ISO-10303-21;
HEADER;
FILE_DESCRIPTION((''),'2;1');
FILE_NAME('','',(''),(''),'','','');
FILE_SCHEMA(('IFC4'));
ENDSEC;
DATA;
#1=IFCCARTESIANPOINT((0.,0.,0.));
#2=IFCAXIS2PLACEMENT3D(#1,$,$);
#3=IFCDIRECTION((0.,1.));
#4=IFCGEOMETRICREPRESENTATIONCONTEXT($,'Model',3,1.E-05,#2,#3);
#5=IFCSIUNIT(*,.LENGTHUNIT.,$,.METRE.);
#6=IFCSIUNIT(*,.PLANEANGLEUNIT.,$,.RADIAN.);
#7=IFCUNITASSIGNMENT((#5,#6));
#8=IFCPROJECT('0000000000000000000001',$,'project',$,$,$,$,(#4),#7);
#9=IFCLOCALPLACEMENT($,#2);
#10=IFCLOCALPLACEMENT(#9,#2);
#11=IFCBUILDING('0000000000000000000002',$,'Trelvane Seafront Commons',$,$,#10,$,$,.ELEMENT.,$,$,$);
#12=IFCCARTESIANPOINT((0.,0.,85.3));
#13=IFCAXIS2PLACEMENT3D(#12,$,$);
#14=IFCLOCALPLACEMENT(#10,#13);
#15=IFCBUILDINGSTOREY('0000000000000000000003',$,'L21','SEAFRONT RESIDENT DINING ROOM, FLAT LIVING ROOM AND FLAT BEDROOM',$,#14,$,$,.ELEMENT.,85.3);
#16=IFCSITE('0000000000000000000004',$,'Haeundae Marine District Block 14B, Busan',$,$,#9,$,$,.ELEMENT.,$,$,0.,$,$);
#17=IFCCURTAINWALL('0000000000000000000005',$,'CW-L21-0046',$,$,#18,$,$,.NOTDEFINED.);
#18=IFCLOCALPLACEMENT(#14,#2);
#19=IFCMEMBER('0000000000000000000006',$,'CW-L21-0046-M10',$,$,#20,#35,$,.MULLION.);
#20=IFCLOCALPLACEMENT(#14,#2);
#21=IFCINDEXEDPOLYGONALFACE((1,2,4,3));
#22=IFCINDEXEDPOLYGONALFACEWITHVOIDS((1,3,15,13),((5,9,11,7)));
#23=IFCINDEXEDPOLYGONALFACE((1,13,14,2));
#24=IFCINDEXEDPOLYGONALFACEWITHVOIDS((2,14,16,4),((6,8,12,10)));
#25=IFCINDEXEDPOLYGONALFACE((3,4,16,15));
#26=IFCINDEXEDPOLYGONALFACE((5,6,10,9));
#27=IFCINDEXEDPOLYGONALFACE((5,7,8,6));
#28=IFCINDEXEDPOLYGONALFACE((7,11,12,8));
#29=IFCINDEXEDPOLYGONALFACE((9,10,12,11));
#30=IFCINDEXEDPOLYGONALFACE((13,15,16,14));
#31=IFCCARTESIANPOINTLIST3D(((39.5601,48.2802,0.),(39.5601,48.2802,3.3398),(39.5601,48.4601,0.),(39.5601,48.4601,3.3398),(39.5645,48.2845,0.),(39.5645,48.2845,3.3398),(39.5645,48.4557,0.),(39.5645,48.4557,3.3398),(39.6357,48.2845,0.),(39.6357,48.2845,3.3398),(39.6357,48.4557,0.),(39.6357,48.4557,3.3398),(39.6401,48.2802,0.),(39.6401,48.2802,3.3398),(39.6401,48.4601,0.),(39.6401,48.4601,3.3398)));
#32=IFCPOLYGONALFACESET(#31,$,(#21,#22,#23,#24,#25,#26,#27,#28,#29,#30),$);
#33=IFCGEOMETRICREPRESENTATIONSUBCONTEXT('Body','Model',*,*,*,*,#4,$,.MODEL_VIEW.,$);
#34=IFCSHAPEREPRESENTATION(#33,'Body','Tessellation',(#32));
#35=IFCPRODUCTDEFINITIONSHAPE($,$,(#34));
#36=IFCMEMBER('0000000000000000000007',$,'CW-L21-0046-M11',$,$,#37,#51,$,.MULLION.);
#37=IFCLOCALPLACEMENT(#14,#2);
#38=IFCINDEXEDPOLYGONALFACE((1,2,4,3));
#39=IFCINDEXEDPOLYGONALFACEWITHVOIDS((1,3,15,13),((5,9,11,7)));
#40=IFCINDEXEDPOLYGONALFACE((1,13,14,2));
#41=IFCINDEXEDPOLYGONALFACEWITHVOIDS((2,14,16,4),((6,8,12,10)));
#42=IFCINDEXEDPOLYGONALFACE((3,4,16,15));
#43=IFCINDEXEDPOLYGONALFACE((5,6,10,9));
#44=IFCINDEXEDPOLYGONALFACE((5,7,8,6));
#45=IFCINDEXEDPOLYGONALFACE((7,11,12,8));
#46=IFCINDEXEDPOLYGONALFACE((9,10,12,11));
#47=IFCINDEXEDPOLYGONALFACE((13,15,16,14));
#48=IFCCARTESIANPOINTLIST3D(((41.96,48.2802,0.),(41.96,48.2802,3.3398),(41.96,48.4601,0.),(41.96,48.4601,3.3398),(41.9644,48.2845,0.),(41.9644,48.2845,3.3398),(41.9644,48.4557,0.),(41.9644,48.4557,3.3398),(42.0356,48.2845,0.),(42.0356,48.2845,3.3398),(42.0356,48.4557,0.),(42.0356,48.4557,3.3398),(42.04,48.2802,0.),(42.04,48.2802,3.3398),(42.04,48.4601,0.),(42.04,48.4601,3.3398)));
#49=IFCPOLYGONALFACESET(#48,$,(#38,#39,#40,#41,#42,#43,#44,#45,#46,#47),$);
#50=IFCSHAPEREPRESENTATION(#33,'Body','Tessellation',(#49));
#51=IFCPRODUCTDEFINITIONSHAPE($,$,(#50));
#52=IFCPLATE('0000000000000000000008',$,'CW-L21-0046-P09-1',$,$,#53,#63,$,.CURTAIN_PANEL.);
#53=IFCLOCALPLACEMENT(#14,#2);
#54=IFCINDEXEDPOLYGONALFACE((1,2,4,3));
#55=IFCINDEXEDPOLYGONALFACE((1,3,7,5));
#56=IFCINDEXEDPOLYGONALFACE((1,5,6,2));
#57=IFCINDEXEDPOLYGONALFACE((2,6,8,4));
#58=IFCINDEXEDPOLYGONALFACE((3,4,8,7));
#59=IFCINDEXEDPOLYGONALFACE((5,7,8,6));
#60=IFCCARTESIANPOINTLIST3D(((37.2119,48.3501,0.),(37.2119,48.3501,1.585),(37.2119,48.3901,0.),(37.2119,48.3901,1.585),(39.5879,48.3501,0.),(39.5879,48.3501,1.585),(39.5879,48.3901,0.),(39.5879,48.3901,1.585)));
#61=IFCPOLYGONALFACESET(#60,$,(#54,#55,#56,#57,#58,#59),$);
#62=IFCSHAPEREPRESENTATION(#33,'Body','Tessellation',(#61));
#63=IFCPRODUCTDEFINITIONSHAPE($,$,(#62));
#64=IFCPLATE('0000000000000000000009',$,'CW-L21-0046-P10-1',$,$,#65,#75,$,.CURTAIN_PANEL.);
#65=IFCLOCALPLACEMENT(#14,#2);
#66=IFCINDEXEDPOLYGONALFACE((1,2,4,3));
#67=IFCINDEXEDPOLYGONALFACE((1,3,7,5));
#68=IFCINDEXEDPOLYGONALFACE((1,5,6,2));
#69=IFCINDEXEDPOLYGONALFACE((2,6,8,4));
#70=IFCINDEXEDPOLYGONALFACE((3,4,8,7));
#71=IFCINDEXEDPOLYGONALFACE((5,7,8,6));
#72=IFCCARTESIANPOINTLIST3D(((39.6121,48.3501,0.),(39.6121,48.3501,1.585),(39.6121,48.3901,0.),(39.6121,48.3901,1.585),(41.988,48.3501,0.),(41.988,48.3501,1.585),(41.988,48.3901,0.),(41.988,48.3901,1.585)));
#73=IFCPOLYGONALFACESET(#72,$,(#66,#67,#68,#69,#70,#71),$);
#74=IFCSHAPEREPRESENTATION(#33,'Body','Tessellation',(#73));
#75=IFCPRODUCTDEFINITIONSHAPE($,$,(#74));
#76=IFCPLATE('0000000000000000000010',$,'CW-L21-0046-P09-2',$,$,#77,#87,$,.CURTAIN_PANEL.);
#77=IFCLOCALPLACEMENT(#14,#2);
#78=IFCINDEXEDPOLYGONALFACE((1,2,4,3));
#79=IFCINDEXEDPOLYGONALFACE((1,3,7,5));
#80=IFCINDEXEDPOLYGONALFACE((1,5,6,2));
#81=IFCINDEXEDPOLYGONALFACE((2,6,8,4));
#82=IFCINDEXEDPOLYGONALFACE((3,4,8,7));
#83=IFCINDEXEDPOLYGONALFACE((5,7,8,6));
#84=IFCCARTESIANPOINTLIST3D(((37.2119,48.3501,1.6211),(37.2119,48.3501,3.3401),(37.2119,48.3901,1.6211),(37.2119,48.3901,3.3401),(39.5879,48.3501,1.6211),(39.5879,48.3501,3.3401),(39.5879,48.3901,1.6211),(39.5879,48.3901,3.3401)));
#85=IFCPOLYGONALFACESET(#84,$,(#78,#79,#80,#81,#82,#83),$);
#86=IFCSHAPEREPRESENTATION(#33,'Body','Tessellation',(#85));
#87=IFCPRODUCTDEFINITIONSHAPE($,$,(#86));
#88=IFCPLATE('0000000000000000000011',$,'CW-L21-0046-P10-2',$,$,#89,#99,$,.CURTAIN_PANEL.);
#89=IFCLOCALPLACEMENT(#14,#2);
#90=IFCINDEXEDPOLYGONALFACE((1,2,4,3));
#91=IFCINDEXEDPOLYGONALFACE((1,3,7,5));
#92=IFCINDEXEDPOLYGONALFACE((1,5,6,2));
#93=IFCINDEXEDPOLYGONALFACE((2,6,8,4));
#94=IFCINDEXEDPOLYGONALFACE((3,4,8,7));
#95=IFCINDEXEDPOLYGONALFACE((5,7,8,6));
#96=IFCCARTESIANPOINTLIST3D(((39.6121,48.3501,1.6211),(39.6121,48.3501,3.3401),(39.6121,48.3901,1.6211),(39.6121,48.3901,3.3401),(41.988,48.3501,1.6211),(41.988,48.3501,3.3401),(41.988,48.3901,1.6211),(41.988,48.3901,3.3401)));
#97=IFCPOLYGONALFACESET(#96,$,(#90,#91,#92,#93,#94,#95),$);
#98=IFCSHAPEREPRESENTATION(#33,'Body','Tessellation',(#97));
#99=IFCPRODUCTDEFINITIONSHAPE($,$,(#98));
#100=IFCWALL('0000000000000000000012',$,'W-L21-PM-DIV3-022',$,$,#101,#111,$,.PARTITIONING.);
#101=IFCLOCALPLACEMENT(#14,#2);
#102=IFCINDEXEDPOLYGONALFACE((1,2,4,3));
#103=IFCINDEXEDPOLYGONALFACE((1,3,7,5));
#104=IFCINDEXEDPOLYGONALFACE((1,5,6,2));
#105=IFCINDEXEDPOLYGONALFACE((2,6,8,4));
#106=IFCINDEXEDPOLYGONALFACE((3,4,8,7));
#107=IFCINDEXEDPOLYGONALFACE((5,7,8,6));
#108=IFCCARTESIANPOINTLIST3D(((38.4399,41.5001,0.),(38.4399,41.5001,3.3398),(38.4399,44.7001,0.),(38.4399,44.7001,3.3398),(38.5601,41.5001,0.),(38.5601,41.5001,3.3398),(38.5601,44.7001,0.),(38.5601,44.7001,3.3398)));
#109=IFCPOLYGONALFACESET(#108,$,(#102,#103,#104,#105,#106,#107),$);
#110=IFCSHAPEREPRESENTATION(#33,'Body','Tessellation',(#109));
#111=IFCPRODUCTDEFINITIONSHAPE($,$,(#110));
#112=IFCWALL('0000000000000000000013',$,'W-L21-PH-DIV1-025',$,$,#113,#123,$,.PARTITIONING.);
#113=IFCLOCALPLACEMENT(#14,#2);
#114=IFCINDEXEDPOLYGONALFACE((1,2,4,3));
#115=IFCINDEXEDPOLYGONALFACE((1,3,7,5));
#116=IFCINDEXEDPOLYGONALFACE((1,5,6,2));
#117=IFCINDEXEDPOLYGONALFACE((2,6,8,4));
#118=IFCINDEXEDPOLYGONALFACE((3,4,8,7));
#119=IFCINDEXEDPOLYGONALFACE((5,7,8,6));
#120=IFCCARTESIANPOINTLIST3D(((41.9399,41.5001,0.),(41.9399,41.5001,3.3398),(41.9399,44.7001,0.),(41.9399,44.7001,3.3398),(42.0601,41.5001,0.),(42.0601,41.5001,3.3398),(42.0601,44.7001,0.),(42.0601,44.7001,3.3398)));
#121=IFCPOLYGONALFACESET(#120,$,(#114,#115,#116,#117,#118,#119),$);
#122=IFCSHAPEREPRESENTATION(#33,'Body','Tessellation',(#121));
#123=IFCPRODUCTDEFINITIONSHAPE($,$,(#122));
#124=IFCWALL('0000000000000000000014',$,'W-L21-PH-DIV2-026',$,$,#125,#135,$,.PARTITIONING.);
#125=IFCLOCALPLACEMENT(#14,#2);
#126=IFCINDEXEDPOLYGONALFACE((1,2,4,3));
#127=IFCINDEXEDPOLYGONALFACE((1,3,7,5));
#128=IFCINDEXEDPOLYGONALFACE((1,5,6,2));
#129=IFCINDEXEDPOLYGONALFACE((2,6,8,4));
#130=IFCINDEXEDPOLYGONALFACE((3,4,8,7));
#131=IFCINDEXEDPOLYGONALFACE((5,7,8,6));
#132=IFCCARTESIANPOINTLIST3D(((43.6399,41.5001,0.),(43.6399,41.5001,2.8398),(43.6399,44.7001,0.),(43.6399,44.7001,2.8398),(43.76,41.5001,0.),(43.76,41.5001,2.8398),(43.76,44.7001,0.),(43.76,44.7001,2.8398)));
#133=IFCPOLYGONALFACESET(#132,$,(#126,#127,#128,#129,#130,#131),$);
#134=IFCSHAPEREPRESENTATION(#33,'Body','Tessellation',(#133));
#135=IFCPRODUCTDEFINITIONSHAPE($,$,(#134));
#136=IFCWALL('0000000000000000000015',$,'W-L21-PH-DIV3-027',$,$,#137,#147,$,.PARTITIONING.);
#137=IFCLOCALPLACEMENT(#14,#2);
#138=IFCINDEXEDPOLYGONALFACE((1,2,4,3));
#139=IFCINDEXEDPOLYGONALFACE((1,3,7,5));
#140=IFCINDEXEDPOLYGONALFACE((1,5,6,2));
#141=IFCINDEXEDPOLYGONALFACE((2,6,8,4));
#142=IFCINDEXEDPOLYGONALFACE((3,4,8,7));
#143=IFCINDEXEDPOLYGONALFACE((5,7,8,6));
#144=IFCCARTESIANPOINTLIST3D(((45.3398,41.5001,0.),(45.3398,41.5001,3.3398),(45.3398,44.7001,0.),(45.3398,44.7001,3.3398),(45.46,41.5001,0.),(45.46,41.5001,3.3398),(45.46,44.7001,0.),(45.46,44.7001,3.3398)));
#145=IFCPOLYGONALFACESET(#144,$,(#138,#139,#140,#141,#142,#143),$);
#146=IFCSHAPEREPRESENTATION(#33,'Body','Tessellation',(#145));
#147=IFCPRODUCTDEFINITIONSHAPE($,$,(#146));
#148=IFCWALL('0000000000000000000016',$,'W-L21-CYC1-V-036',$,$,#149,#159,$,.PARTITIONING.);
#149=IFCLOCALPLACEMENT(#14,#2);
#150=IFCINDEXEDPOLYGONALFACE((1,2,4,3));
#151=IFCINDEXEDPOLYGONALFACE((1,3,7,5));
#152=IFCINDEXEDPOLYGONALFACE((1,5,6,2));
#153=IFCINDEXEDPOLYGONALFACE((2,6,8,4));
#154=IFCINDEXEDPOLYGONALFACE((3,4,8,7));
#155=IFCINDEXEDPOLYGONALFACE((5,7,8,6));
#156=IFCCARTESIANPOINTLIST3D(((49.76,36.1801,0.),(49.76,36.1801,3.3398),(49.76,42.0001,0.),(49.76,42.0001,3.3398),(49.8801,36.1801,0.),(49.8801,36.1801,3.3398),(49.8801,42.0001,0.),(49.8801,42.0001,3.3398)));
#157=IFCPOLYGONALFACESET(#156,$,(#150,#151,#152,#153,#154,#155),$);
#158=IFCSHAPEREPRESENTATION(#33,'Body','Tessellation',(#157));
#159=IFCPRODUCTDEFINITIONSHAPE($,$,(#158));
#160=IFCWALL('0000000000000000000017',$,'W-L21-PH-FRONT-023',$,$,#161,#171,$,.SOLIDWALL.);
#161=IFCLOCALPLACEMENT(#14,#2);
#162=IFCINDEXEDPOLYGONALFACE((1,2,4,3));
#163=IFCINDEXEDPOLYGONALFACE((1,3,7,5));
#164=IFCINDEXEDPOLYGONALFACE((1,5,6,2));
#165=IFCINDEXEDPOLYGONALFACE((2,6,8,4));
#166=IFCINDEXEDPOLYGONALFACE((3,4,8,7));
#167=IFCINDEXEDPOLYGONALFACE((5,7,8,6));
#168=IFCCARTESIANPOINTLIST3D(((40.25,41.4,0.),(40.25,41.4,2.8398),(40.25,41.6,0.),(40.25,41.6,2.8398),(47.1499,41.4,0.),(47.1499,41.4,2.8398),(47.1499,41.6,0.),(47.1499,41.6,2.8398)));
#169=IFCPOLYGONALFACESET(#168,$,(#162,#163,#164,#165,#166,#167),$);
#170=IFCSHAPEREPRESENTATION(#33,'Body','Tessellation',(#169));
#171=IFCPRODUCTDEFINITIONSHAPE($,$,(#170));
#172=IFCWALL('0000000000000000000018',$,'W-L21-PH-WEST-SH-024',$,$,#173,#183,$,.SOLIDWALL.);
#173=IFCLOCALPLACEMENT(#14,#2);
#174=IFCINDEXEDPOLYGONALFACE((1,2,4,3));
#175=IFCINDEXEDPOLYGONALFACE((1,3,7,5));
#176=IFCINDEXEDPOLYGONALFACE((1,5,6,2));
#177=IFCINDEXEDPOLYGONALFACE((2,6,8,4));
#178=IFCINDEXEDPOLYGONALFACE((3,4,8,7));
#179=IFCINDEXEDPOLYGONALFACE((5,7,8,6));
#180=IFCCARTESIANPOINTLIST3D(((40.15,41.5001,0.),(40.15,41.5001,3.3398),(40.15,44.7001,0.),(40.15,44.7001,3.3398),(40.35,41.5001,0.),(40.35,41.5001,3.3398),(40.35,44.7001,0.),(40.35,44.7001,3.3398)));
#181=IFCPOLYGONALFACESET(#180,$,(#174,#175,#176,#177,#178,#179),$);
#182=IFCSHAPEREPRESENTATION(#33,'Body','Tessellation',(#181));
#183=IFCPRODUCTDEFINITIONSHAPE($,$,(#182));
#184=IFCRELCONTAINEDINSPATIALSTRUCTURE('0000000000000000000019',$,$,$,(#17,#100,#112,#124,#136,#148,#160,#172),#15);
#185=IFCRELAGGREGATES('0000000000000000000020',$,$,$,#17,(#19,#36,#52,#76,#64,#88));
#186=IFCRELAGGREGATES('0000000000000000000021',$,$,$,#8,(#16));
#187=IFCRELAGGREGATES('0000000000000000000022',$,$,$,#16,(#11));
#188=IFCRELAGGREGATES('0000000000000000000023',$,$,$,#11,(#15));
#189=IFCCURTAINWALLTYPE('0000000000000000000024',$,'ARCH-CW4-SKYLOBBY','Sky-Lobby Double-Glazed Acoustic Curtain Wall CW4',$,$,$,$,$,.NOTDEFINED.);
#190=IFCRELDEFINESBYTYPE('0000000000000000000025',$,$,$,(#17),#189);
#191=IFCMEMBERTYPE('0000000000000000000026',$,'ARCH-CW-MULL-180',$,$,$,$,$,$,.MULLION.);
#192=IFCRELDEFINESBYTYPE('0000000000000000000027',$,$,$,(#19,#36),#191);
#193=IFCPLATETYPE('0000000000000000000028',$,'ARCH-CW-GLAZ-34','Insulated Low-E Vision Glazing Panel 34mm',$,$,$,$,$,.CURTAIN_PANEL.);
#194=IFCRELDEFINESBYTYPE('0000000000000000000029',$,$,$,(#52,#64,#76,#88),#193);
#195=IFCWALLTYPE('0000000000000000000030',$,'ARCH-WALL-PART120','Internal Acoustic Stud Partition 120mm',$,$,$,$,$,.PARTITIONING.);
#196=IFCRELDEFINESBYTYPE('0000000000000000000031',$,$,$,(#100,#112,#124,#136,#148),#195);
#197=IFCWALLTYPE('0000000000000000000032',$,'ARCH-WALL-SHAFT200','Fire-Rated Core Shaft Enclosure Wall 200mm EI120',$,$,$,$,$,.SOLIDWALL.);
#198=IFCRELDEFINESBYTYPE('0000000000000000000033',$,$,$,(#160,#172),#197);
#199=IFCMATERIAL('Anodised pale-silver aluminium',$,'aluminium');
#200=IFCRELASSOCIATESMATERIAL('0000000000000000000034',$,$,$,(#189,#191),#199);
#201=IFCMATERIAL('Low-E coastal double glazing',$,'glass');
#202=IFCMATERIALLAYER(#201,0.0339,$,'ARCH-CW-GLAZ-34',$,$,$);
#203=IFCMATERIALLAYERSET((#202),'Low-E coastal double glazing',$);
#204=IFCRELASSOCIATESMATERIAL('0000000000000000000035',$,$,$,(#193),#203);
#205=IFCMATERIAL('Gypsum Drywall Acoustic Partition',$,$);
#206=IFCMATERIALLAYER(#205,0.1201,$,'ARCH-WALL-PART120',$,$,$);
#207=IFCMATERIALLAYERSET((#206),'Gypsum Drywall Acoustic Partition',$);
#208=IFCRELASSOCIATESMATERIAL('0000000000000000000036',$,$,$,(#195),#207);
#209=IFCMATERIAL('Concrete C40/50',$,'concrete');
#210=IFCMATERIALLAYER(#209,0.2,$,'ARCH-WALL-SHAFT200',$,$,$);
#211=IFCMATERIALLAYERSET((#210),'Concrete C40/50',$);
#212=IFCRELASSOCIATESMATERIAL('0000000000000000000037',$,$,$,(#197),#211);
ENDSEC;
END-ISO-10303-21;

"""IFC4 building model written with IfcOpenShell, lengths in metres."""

from ifc_helpers import new_model, si_unit, direction, frame, frame_2d, origin, origin_2d, place, context, subcontext, project, spatial, rectangle, hollow_rectangle, extrude, source, transform, mapped, material, layer, layer_set, material_profile, profile_set, type_object, element, aggregate, save


model = new_model("IFC4")

# Units and contexts
model_context = context("Model", 3, precision=1e-05, world=origin(), true_north=direction((0.0, 1.0)))
body_context = subcontext(model_context, "Body", "Model", "MODEL_VIEW")
ifc_project = project(units=[si_unit("LENGTHUNIT", "METRE"), si_unit("PLANEANGLEUNIT", "RADIAN")], contexts=[model_context])

# Site, building, storey
site_placement = place(None, origin())
site = spatial("IfcSite", under=ifc_project, at=site_placement, Name="Haeundae Marine District Block 14B, Busan", CompositionType="ELEMENT", RefElevation=0.0)
building_placement = place(site_placement, origin())
building = spatial("IfcBuilding", under=site, at=building_placement, Name="Trelvane Seafront Commons", CompositionType="ELEMENT")
storey_placement = place(building_placement, frame((0.0, 0.0, 85.3)))
storey = spatial("IfcBuildingStorey", under=building, at=storey_placement, Name="L21", Description="SEAFRONT RESIDENT DINING ROOM, FLAT LIVING ROOM AND FLAT BEDROOM", CompositionType="ELEMENT", Elevation=85.3)

# Curtain wall, members, plates
ifc_material_1 = material(Name="Anodised pale-silver aluminium", Category="aluminium")
curtain_wall_type = type_object("IfcCurtainWallType", Name="ARCH-CW4-SKYLOBBY", Description="Sky-Lobby Double-Glazed Acoustic Curtain Wall CW4", PredefinedType="NOTDEFINED", material=ifc_material_1)
curtain_wall_placement = place(storey_placement, origin())
curtain_wall = element("IfcCurtainWall", 1, at=curtain_wall_placement, inside=storey, type_object=curtain_wall_type, Name="CW-L21-0046", PredefinedType="NOTDEFINED")
ifc_material_profile_1 = material_profile(ifc_material_1, hollow_rectangle(XDim=0.0801, YDim=0.1799, WallThickness=0.0044, at=origin_2d()), Name="MULL-80x180x4.5")
ifc_profile_set_1 = profile_set([ifc_material_profile_1], Name="Anodised pale-silver aluminium")
member_type_1 = type_object("IfcMemberType", Name="ARCH-CW-MULL-180", PredefinedType="MULLION", material=ifc_profile_set_1)
shared_shape_1 = source(origin(), body_context, "Body", "SweptSolid", [
    extrude(hollow_rectangle(XDim=0.0801, YDim=0.1799, WallThickness=0.0044, at=origin_2d()), origin(), (0.0, 0.0, 1.0), 3.3398),
])
member_1_placement = place(storey_placement, frame((39.6001, 48.3701, 0.0), z_axis=(0.0, 0.0, 1.0), x_axis=(1.0, 0.0, 0.0)))
member_1 = element("IfcMember", 2, at=member_1_placement, type_object=member_type_1, Name="CW-L21-0046-M10", PredefinedType="MULLION", context=body_context, shape_type="MappedRepresentation", body=[
    mapped(shared_shape_1, transform((0.0, 0.0, 0.0), x_axis=(1.0, 0.0, 0.0), y_axis=(0.0, 1.0, 0.0), z_axis=(0.0, 0.0, 1.0), scale=1.0)),
])
member_2_placement = place(storey_placement, frame((42.0, 48.3701, 0.0), z_axis=(0.0, 0.0, 1.0), x_axis=(1.0, 0.0, 0.0)))
member_2 = element("IfcMember", 3, at=member_2_placement, type_object=member_type_1, Name="CW-L21-0046-M11", PredefinedType="MULLION", context=body_context, shape_type="MappedRepresentation", body=[
    mapped(shared_shape_1, transform((0.0, 0.0, 0.0), x_axis=(1.0, 0.0, 0.0), y_axis=(0.0, 1.0, 0.0), z_axis=(0.0, 0.0, 1.0), scale=1.0)),
])
ifc_material_2 = material(Name="Low-E coastal double glazing", Category="glass")
ifc_layer_1 = layer(ifc_material_2, 0.0339, Name="ARCH-CW-GLAZ-34")
ifc_layer_set_1 = layer_set([ifc_layer_1], Name="Low-E coastal double glazing")
plate_type = type_object("IfcPlateType", Name="ARCH-CW-GLAZ-34", Description="Insulated Low-E Vision Glazing Panel 34mm", PredefinedType="CURTAIN_PANEL", material=ifc_layer_set_1)
shared_shape_2 = source(origin(), body_context, "Body", "SweptSolid", [
    extrude(rectangle(XDim=2.376, YDim=0.04, at=origin_2d()), origin(), (0.0, 0.0, 1.0), 1.585),
])
plate_1_placement = place(storey_placement, frame((38.3999, 48.3701, 0.0), z_axis=(0.0, 0.0, 1.0), x_axis=(1.0, 0.0, 0.0)))
plate_1 = element("IfcPlate", 4, at=plate_1_placement, type_object=plate_type, Name="CW-L21-0046-P09-1", PredefinedType="CURTAIN_PANEL", context=body_context, shape_type="MappedRepresentation", body=[
    mapped(shared_shape_2, transform((0.0, 0.0, 0.0), x_axis=(1.0, 0.0, 0.0), y_axis=(0.0, 1.0, 0.0), z_axis=(0.0, 0.0, 1.0), scale=1.0)),
])
plate_2_placement = place(storey_placement, frame((40.8, 48.3701, 0.0), z_axis=(0.0, 0.0, 1.0), x_axis=(1.0, 0.0, 0.0)))
plate_2 = element("IfcPlate", 5, at=plate_2_placement, type_object=plate_type, Name="CW-L21-0046-P10-1", PredefinedType="CURTAIN_PANEL", context=body_context, shape_type="MappedRepresentation", body=[
    mapped(shared_shape_2, transform((0.0, 0.0, 0.0), x_axis=(1.0, 0.0, 0.0), y_axis=(0.0, 1.0, 0.0), z_axis=(0.0, 0.0, 1.0), scale=1.0)),
])
shared_shape_3 = source(origin(), body_context, "Body", "SweptSolid", [
    extrude(rectangle(XDim=2.376, YDim=0.04, at=origin_2d()), origin(), (0.0, 0.0, 1.0), 1.719),
])
plate_3_placement = place(storey_placement, frame((38.3999, 48.3701, 1.6211), z_axis=(0.0, 0.0, 1.0), x_axis=(1.0, 0.0, 0.0)))
plate_3 = element("IfcPlate", 6, at=plate_3_placement, type_object=plate_type, Name="CW-L21-0046-P09-2", PredefinedType="CURTAIN_PANEL", context=body_context, shape_type="MappedRepresentation", body=[
    mapped(shared_shape_3, transform((0.0, 0.0, 0.0), x_axis=(1.0, 0.0, 0.0), y_axis=(0.0, 1.0, 0.0), z_axis=(0.0, 0.0, 1.0), scale=1.0)),
])
plate_4_placement = place(storey_placement, frame((40.8, 48.3701, 1.6211), z_axis=(0.0, 0.0, 1.0), x_axis=(1.0, 0.0, 0.0)))
plate_4 = element("IfcPlate", 7, at=plate_4_placement, type_object=plate_type, Name="CW-L21-0046-P10-2", PredefinedType="CURTAIN_PANEL", context=body_context, shape_type="MappedRepresentation", body=[
    mapped(shared_shape_3, transform((0.0, 0.0, 0.0), x_axis=(1.0, 0.0, 0.0), y_axis=(0.0, 1.0, 0.0), z_axis=(0.0, 0.0, 1.0), scale=1.0)),
])
aggregate(curtain_wall, [member_1, member_2, plate_1, plate_3, plate_2, plate_4])

# Walls
ifc_material_3 = material(Name="Gypsum Drywall Acoustic Partition")
ifc_layer_2 = layer(ifc_material_3, 0.1201, Name="ARCH-WALL-PART120")
ifc_layer_set_2 = layer_set([ifc_layer_2], Name="Gypsum Drywall Acoustic Partition")
wall_type_1 = type_object("IfcWallType", Name="ARCH-WALL-PART120", Description="Internal Acoustic Stud Partition 120mm", PredefinedType="PARTITIONING", material=ifc_layer_set_2)
for number, where, z_axis, x_axis, name in (
    (8, (38.5, 41.5, 0.0), (0.0, 0.0, 1.0), (0.0, 1.0, 0.0), "W-L21-PM-DIV3-022"),
    (9, (42.0, 41.5, 0.0), (0.0, 0.0, 1.0), (0.0, 1.0, 0.0), "W-L21-PH-DIV1-025"),
):
    element("IfcWall", number, at=place(storey_placement, frame(where, z_axis=z_axis, x_axis=x_axis)), inside=storey, type_object=wall_type_1, Name=name, PredefinedType="PARTITIONING", context=body_context, shape_type="SweptSolid", body=[
        extrude(rectangle(XDim=3.2, YDim=0.1201, at=frame_2d((1.6001, 0.0))), origin(), (0.0, 0.0, 1.0), 3.3398),
    ])
wall_1_placement = place(storey_placement, frame((43.7, 41.5, 0.0), z_axis=(0.0, 0.0, 1.0), x_axis=(0.0, 1.0, 0.0)))
element("IfcWall", 10, at=wall_1_placement, inside=storey, type_object=wall_type_1, Name="W-L21-PH-DIV2-026", PredefinedType="PARTITIONING", context=body_context, shape_type="SweptSolid", body=[
    extrude(rectangle(XDim=3.2, YDim=0.1201, at=frame_2d((1.6001, 0.0))), origin(), (0.0, 0.0, 1.0), 2.8398),
])
wall_2_placement = place(storey_placement, frame((45.3999, 41.5, 0.0), z_axis=(0.0, 0.0, 1.0), x_axis=(0.0, 1.0, 0.0)))
element("IfcWall", 11, at=wall_2_placement, inside=storey, type_object=wall_type_1, Name="W-L21-PH-DIV3-027", PredefinedType="PARTITIONING", context=body_context, shape_type="SweptSolid", body=[
    extrude(rectangle(XDim=3.2, YDim=0.1201, at=frame_2d((1.6001, 0.0))), origin(), (0.0, 0.0, 1.0), 3.3398),
])

# Walls
wall_3_placement = place(storey_placement, frame((49.8201, 36.1799, 0.0), z_axis=(0.0, 0.0, 1.0), x_axis=(0.0, 1.0, 0.0)))
element("IfcWall", 12, at=wall_3_placement, inside=storey, type_object=wall_type_1, Name="W-L21-CYC1-V-036", PredefinedType="PARTITIONING", context=body_context, shape_type="SweptSolid", body=[
    extrude(rectangle(XDim=5.8201, YDim=0.1201, at=frame_2d((2.9102, 0.0))), origin(), (0.0, 0.0, 1.0), 3.3398),
])
ifc_material_4 = material(Name="Concrete C40/50", Category="concrete")
ifc_layer_3 = layer(ifc_material_4, 0.2, Name="ARCH-WALL-SHAFT200")
ifc_layer_set_3 = layer_set([ifc_layer_3], Name="Concrete C40/50")
wall_type_2 = type_object("IfcWallType", Name="ARCH-WALL-SHAFT200", Description="Fire-Rated Core Shaft Enclosure Wall 200mm EI120", PredefinedType="SOLIDWALL", material=ifc_layer_set_3)
wall_4_placement = place(storey_placement, frame((40.25, 41.5, 0.0), z_axis=(0.0, 0.0, 1.0), x_axis=(1.0, 0.0, 0.0)))
element("IfcWall", 13, at=wall_4_placement, inside=storey, type_object=wall_type_2, Name="W-L21-PH-FRONT-023", PredefinedType="SOLIDWALL", context=body_context, shape_type="SweptSolid", body=[
    extrude(rectangle(XDim=6.8999, YDim=0.2, at=frame_2d((3.45, 0.0))), origin(), (0.0, 0.0, 1.0), 2.8398),
])
wall_5_placement = place(storey_placement, frame((40.25, 41.5, 0.0), z_axis=(0.0, 0.0, 1.0), x_axis=(0.0, 1.0, 0.0)))
element("IfcWall", 14, at=wall_5_placement, inside=storey, type_object=wall_type_2, Name="W-L21-PH-WEST-SH-024", PredefinedType="SOLIDWALL", context=body_context, shape_type="SweptSolid", body=[
    extrude(rectangle(XDim=3.2, YDim=0.2, at=frame_2d((1.6001, 0.0))), origin(), (0.0, 0.0, 1.0), 3.3398),
])

save(model, "model.ifc")
